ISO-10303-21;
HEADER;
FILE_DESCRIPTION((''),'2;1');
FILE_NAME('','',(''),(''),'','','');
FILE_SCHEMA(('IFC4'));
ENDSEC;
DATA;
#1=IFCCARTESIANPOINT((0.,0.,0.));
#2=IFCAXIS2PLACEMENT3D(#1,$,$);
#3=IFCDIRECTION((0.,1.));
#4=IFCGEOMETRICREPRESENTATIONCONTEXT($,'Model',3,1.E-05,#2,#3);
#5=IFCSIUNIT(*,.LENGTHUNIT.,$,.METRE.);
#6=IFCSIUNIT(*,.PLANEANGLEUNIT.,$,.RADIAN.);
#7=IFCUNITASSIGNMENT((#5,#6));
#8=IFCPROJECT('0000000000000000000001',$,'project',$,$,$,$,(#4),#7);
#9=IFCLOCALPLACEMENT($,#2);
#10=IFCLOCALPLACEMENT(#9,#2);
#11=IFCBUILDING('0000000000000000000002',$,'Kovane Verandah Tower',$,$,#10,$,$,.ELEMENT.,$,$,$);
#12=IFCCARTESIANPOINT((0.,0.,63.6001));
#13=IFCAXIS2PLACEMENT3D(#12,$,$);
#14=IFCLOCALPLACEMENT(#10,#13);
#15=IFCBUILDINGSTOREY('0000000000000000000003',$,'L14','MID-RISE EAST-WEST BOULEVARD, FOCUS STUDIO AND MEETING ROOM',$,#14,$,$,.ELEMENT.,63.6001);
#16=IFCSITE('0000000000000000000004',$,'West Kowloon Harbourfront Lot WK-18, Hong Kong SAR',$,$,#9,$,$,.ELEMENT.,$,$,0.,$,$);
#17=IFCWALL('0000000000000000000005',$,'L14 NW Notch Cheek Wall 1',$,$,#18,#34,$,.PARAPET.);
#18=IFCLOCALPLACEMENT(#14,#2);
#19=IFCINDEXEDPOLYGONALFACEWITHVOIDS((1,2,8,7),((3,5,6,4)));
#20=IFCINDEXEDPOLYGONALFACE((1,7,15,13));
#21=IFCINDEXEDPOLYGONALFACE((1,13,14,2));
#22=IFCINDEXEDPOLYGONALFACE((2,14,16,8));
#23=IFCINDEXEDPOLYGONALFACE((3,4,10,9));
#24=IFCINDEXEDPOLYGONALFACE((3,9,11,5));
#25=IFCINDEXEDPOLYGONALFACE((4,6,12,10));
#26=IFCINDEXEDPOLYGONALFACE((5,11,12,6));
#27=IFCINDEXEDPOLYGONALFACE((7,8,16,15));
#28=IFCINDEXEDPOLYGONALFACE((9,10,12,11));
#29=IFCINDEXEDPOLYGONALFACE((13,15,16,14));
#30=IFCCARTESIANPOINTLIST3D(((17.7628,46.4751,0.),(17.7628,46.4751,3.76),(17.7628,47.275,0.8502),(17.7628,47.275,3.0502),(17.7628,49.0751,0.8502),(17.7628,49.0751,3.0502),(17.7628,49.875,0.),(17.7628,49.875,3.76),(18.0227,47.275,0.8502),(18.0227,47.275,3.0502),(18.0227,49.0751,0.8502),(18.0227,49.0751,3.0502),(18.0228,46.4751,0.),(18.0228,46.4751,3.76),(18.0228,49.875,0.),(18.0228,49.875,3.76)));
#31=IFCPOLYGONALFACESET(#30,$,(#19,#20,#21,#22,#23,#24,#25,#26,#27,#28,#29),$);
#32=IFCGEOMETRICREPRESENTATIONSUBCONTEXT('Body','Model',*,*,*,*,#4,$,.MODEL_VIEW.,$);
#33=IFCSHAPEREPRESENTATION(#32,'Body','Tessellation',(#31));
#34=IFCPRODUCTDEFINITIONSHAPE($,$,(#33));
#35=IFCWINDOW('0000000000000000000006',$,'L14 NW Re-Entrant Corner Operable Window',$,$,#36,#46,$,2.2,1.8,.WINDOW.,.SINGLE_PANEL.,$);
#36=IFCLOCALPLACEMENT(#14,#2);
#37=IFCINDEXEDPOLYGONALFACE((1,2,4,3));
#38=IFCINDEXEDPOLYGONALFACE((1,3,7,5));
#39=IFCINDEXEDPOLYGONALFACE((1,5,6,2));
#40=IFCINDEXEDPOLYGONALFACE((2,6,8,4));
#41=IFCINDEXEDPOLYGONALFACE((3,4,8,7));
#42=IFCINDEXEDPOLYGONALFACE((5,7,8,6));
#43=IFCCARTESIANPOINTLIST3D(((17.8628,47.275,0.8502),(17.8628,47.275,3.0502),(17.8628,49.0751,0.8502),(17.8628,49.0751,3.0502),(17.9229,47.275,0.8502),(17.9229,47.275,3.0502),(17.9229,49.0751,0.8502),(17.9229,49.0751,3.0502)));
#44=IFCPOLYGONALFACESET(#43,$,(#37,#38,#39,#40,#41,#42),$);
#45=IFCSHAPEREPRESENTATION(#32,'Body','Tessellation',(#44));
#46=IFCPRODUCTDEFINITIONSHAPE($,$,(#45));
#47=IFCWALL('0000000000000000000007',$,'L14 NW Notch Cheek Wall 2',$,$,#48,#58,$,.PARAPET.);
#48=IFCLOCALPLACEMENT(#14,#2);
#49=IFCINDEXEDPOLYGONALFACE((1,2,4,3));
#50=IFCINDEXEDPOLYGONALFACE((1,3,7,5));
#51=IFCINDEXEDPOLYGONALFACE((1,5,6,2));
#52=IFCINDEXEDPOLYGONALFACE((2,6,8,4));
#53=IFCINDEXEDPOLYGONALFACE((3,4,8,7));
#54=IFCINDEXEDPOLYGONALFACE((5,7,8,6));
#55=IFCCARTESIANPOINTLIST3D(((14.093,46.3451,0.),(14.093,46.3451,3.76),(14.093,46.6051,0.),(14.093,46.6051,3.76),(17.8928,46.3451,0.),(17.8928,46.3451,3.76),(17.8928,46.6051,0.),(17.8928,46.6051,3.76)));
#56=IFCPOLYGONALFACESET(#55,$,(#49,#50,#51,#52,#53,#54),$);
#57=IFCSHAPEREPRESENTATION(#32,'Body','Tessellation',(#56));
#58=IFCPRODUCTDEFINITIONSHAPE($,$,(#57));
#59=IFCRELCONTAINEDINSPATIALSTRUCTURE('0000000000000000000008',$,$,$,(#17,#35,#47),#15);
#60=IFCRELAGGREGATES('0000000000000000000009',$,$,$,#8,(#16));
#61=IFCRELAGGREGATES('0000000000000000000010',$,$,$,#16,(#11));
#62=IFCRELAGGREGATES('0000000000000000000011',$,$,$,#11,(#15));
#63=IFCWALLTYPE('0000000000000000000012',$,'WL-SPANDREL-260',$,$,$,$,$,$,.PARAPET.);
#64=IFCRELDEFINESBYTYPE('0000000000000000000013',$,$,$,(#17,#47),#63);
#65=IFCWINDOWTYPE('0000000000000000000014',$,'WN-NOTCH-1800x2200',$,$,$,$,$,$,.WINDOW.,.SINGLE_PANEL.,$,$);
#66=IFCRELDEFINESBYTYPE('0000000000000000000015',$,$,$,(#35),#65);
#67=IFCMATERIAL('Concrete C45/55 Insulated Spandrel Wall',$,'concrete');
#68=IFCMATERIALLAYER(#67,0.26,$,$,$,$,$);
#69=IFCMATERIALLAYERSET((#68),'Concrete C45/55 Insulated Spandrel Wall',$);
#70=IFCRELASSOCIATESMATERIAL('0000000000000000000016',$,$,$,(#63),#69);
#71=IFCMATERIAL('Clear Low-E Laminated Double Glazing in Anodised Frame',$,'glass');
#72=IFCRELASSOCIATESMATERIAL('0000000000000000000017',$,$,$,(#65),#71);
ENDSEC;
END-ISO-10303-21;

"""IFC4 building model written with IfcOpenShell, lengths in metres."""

from ifc_helpers import new_model, si_unit, direction, frame, frame_2d, origin, place, context, subcontext, project, spatial, rectangle, extrude, material, layer, layer_set, type_object, element, fill, save


model = new_model("IFC4")

# Units and contexts
model_context = context("Model", 3, precision=1e-05, world=origin(), true_north=direction((0.0, 1.0)))
body_context = subcontext(model_context, "Body", "Model", "MODEL_VIEW")
ifc_project = project(units=[si_unit("LENGTHUNIT", "METRE"), si_unit("PLANEANGLEUNIT", "RADIAN")], contexts=[model_context])

# Site, building, storey
site_placement = place(None, origin())
site = spatial("IfcSite", under=ifc_project, at=site_placement, Name="West Kowloon Harbourfront Lot WK-18, Hong Kong SAR", CompositionType="ELEMENT", RefElevation=0.0)
building_placement = place(site_placement, origin())
building = spatial("IfcBuilding", under=site, at=building_placement, Name="Kovane Verandah Tower", CompositionType="ELEMENT")
storey_placement = place(building_placement, frame((0.0, 0.0, 63.6001)))
storey = spatial("IfcBuildingStorey", under=building, at=storey_placement, Name="L14", Description="MID-RISE EAST-WEST BOULEVARD, FOCUS STUDIO AND MEETING ROOM", CompositionType="ELEMENT", Elevation=63.6001)

# Wall, opening, window
ifc_material_1 = material(Name="Concrete C45/55 Insulated Spandrel Wall", Category="concrete")
ifc_layer_1 = layer(ifc_material_1, 0.26)
ifc_layer_set_1 = layer_set([ifc_layer_1], Name="Concrete C45/55 Insulated Spandrel Wall")
wall_type_1 = type_object("IfcWallType", Name="WL-SPANDREL-260", PredefinedType="PARAPET", material=ifc_layer_set_1)
wall_1_placement = place(storey_placement, frame((17.8928, 49.875, 0.0), z_axis=(0.0, 0.0, 1.0), x_axis=(0.0, -1.0, 0.0)))
wall_1 = element("IfcWall", 1, at=wall_1_placement, inside=storey, type_object=wall_type_1, Name="L14 NW Notch Cheek Wall 1", PredefinedType="PARAPET", context=body_context, shape_type="SweptSolid", body=[
    extrude(rectangle(XDim=3.3999, YDim=0.26, at=frame_2d((1.7, 0.0))), origin(), (0.0, 0.0, 1.0), 3.76),
])
opening_1_placement = place(wall_1_placement, frame((0.8, 0.0, 0.8501)))
opening_1 = element("IfcOpeningElement", 2, at=opening_1_placement, cuts=wall_1, PredefinedType="OPENING", context=body_context, shape_type="SweptSolid", body=[
    extrude(rectangle(XDim=1.8, YDim=2.2, at=frame_2d((0.8999, 1.1001))), frame((0.0, 0.1299, 0.0), z_axis=(0.0, -1.0, 0.0), x_axis=(1.0, 0.0, 0.0)), (0.0, 0.0, 1.0), 0.26),
])
ifc_material_2 = material(Name="Clear Low-E Laminated Double Glazing in Anodised Frame", Category="glass")
window_type = type_object("IfcWindowType", Name="WN-NOTCH-1800x2200", PartitioningType="SINGLE_PANEL", PredefinedType="WINDOW", material=ifc_material_2)
window_placement = place(opening_1_placement, origin())
window = element("IfcWindow", 3, at=window_placement, inside=storey, type_object=window_type, Name="L14 NW Re-Entrant Corner Operable Window", OverallHeight=2.2, OverallWidth=1.8, PartitioningType="SINGLE_PANEL", PredefinedType="WINDOW", context=body_context, shape_type="SweptSolid", body=[
    extrude(rectangle(XDim=1.8, YDim=2.2, at=frame_2d((0.8999, 1.1001))), frame((0.0, 0.03, 0.0), z_axis=(0.0, -1.0, 0.0), x_axis=(1.0, 0.0, 0.0)), (0.0, 0.0, 1.0), 0.0601),
])
fill(opening_1, window)

# Wall
wall_2_placement = place(storey_placement, frame((17.8928, 46.4751, 0.0), z_axis=(0.0, 0.0, 1.0), x_axis=(-1.0, 0.0, 0.0)))
element("IfcWall", 4, at=wall_2_placement, inside=storey, type_object=wall_type_1, Name="L14 NW Notch Cheek Wall 2", PredefinedType="PARAPET", context=body_context, shape_type="SweptSolid", body=[
    extrude(rectangle(XDim=3.7998, YDim=0.26, at=frame_2d((1.8999, 0.0))), origin(), (0.0, 0.0, 1.0), 3.76),
])

save(model, "model.ifc")
